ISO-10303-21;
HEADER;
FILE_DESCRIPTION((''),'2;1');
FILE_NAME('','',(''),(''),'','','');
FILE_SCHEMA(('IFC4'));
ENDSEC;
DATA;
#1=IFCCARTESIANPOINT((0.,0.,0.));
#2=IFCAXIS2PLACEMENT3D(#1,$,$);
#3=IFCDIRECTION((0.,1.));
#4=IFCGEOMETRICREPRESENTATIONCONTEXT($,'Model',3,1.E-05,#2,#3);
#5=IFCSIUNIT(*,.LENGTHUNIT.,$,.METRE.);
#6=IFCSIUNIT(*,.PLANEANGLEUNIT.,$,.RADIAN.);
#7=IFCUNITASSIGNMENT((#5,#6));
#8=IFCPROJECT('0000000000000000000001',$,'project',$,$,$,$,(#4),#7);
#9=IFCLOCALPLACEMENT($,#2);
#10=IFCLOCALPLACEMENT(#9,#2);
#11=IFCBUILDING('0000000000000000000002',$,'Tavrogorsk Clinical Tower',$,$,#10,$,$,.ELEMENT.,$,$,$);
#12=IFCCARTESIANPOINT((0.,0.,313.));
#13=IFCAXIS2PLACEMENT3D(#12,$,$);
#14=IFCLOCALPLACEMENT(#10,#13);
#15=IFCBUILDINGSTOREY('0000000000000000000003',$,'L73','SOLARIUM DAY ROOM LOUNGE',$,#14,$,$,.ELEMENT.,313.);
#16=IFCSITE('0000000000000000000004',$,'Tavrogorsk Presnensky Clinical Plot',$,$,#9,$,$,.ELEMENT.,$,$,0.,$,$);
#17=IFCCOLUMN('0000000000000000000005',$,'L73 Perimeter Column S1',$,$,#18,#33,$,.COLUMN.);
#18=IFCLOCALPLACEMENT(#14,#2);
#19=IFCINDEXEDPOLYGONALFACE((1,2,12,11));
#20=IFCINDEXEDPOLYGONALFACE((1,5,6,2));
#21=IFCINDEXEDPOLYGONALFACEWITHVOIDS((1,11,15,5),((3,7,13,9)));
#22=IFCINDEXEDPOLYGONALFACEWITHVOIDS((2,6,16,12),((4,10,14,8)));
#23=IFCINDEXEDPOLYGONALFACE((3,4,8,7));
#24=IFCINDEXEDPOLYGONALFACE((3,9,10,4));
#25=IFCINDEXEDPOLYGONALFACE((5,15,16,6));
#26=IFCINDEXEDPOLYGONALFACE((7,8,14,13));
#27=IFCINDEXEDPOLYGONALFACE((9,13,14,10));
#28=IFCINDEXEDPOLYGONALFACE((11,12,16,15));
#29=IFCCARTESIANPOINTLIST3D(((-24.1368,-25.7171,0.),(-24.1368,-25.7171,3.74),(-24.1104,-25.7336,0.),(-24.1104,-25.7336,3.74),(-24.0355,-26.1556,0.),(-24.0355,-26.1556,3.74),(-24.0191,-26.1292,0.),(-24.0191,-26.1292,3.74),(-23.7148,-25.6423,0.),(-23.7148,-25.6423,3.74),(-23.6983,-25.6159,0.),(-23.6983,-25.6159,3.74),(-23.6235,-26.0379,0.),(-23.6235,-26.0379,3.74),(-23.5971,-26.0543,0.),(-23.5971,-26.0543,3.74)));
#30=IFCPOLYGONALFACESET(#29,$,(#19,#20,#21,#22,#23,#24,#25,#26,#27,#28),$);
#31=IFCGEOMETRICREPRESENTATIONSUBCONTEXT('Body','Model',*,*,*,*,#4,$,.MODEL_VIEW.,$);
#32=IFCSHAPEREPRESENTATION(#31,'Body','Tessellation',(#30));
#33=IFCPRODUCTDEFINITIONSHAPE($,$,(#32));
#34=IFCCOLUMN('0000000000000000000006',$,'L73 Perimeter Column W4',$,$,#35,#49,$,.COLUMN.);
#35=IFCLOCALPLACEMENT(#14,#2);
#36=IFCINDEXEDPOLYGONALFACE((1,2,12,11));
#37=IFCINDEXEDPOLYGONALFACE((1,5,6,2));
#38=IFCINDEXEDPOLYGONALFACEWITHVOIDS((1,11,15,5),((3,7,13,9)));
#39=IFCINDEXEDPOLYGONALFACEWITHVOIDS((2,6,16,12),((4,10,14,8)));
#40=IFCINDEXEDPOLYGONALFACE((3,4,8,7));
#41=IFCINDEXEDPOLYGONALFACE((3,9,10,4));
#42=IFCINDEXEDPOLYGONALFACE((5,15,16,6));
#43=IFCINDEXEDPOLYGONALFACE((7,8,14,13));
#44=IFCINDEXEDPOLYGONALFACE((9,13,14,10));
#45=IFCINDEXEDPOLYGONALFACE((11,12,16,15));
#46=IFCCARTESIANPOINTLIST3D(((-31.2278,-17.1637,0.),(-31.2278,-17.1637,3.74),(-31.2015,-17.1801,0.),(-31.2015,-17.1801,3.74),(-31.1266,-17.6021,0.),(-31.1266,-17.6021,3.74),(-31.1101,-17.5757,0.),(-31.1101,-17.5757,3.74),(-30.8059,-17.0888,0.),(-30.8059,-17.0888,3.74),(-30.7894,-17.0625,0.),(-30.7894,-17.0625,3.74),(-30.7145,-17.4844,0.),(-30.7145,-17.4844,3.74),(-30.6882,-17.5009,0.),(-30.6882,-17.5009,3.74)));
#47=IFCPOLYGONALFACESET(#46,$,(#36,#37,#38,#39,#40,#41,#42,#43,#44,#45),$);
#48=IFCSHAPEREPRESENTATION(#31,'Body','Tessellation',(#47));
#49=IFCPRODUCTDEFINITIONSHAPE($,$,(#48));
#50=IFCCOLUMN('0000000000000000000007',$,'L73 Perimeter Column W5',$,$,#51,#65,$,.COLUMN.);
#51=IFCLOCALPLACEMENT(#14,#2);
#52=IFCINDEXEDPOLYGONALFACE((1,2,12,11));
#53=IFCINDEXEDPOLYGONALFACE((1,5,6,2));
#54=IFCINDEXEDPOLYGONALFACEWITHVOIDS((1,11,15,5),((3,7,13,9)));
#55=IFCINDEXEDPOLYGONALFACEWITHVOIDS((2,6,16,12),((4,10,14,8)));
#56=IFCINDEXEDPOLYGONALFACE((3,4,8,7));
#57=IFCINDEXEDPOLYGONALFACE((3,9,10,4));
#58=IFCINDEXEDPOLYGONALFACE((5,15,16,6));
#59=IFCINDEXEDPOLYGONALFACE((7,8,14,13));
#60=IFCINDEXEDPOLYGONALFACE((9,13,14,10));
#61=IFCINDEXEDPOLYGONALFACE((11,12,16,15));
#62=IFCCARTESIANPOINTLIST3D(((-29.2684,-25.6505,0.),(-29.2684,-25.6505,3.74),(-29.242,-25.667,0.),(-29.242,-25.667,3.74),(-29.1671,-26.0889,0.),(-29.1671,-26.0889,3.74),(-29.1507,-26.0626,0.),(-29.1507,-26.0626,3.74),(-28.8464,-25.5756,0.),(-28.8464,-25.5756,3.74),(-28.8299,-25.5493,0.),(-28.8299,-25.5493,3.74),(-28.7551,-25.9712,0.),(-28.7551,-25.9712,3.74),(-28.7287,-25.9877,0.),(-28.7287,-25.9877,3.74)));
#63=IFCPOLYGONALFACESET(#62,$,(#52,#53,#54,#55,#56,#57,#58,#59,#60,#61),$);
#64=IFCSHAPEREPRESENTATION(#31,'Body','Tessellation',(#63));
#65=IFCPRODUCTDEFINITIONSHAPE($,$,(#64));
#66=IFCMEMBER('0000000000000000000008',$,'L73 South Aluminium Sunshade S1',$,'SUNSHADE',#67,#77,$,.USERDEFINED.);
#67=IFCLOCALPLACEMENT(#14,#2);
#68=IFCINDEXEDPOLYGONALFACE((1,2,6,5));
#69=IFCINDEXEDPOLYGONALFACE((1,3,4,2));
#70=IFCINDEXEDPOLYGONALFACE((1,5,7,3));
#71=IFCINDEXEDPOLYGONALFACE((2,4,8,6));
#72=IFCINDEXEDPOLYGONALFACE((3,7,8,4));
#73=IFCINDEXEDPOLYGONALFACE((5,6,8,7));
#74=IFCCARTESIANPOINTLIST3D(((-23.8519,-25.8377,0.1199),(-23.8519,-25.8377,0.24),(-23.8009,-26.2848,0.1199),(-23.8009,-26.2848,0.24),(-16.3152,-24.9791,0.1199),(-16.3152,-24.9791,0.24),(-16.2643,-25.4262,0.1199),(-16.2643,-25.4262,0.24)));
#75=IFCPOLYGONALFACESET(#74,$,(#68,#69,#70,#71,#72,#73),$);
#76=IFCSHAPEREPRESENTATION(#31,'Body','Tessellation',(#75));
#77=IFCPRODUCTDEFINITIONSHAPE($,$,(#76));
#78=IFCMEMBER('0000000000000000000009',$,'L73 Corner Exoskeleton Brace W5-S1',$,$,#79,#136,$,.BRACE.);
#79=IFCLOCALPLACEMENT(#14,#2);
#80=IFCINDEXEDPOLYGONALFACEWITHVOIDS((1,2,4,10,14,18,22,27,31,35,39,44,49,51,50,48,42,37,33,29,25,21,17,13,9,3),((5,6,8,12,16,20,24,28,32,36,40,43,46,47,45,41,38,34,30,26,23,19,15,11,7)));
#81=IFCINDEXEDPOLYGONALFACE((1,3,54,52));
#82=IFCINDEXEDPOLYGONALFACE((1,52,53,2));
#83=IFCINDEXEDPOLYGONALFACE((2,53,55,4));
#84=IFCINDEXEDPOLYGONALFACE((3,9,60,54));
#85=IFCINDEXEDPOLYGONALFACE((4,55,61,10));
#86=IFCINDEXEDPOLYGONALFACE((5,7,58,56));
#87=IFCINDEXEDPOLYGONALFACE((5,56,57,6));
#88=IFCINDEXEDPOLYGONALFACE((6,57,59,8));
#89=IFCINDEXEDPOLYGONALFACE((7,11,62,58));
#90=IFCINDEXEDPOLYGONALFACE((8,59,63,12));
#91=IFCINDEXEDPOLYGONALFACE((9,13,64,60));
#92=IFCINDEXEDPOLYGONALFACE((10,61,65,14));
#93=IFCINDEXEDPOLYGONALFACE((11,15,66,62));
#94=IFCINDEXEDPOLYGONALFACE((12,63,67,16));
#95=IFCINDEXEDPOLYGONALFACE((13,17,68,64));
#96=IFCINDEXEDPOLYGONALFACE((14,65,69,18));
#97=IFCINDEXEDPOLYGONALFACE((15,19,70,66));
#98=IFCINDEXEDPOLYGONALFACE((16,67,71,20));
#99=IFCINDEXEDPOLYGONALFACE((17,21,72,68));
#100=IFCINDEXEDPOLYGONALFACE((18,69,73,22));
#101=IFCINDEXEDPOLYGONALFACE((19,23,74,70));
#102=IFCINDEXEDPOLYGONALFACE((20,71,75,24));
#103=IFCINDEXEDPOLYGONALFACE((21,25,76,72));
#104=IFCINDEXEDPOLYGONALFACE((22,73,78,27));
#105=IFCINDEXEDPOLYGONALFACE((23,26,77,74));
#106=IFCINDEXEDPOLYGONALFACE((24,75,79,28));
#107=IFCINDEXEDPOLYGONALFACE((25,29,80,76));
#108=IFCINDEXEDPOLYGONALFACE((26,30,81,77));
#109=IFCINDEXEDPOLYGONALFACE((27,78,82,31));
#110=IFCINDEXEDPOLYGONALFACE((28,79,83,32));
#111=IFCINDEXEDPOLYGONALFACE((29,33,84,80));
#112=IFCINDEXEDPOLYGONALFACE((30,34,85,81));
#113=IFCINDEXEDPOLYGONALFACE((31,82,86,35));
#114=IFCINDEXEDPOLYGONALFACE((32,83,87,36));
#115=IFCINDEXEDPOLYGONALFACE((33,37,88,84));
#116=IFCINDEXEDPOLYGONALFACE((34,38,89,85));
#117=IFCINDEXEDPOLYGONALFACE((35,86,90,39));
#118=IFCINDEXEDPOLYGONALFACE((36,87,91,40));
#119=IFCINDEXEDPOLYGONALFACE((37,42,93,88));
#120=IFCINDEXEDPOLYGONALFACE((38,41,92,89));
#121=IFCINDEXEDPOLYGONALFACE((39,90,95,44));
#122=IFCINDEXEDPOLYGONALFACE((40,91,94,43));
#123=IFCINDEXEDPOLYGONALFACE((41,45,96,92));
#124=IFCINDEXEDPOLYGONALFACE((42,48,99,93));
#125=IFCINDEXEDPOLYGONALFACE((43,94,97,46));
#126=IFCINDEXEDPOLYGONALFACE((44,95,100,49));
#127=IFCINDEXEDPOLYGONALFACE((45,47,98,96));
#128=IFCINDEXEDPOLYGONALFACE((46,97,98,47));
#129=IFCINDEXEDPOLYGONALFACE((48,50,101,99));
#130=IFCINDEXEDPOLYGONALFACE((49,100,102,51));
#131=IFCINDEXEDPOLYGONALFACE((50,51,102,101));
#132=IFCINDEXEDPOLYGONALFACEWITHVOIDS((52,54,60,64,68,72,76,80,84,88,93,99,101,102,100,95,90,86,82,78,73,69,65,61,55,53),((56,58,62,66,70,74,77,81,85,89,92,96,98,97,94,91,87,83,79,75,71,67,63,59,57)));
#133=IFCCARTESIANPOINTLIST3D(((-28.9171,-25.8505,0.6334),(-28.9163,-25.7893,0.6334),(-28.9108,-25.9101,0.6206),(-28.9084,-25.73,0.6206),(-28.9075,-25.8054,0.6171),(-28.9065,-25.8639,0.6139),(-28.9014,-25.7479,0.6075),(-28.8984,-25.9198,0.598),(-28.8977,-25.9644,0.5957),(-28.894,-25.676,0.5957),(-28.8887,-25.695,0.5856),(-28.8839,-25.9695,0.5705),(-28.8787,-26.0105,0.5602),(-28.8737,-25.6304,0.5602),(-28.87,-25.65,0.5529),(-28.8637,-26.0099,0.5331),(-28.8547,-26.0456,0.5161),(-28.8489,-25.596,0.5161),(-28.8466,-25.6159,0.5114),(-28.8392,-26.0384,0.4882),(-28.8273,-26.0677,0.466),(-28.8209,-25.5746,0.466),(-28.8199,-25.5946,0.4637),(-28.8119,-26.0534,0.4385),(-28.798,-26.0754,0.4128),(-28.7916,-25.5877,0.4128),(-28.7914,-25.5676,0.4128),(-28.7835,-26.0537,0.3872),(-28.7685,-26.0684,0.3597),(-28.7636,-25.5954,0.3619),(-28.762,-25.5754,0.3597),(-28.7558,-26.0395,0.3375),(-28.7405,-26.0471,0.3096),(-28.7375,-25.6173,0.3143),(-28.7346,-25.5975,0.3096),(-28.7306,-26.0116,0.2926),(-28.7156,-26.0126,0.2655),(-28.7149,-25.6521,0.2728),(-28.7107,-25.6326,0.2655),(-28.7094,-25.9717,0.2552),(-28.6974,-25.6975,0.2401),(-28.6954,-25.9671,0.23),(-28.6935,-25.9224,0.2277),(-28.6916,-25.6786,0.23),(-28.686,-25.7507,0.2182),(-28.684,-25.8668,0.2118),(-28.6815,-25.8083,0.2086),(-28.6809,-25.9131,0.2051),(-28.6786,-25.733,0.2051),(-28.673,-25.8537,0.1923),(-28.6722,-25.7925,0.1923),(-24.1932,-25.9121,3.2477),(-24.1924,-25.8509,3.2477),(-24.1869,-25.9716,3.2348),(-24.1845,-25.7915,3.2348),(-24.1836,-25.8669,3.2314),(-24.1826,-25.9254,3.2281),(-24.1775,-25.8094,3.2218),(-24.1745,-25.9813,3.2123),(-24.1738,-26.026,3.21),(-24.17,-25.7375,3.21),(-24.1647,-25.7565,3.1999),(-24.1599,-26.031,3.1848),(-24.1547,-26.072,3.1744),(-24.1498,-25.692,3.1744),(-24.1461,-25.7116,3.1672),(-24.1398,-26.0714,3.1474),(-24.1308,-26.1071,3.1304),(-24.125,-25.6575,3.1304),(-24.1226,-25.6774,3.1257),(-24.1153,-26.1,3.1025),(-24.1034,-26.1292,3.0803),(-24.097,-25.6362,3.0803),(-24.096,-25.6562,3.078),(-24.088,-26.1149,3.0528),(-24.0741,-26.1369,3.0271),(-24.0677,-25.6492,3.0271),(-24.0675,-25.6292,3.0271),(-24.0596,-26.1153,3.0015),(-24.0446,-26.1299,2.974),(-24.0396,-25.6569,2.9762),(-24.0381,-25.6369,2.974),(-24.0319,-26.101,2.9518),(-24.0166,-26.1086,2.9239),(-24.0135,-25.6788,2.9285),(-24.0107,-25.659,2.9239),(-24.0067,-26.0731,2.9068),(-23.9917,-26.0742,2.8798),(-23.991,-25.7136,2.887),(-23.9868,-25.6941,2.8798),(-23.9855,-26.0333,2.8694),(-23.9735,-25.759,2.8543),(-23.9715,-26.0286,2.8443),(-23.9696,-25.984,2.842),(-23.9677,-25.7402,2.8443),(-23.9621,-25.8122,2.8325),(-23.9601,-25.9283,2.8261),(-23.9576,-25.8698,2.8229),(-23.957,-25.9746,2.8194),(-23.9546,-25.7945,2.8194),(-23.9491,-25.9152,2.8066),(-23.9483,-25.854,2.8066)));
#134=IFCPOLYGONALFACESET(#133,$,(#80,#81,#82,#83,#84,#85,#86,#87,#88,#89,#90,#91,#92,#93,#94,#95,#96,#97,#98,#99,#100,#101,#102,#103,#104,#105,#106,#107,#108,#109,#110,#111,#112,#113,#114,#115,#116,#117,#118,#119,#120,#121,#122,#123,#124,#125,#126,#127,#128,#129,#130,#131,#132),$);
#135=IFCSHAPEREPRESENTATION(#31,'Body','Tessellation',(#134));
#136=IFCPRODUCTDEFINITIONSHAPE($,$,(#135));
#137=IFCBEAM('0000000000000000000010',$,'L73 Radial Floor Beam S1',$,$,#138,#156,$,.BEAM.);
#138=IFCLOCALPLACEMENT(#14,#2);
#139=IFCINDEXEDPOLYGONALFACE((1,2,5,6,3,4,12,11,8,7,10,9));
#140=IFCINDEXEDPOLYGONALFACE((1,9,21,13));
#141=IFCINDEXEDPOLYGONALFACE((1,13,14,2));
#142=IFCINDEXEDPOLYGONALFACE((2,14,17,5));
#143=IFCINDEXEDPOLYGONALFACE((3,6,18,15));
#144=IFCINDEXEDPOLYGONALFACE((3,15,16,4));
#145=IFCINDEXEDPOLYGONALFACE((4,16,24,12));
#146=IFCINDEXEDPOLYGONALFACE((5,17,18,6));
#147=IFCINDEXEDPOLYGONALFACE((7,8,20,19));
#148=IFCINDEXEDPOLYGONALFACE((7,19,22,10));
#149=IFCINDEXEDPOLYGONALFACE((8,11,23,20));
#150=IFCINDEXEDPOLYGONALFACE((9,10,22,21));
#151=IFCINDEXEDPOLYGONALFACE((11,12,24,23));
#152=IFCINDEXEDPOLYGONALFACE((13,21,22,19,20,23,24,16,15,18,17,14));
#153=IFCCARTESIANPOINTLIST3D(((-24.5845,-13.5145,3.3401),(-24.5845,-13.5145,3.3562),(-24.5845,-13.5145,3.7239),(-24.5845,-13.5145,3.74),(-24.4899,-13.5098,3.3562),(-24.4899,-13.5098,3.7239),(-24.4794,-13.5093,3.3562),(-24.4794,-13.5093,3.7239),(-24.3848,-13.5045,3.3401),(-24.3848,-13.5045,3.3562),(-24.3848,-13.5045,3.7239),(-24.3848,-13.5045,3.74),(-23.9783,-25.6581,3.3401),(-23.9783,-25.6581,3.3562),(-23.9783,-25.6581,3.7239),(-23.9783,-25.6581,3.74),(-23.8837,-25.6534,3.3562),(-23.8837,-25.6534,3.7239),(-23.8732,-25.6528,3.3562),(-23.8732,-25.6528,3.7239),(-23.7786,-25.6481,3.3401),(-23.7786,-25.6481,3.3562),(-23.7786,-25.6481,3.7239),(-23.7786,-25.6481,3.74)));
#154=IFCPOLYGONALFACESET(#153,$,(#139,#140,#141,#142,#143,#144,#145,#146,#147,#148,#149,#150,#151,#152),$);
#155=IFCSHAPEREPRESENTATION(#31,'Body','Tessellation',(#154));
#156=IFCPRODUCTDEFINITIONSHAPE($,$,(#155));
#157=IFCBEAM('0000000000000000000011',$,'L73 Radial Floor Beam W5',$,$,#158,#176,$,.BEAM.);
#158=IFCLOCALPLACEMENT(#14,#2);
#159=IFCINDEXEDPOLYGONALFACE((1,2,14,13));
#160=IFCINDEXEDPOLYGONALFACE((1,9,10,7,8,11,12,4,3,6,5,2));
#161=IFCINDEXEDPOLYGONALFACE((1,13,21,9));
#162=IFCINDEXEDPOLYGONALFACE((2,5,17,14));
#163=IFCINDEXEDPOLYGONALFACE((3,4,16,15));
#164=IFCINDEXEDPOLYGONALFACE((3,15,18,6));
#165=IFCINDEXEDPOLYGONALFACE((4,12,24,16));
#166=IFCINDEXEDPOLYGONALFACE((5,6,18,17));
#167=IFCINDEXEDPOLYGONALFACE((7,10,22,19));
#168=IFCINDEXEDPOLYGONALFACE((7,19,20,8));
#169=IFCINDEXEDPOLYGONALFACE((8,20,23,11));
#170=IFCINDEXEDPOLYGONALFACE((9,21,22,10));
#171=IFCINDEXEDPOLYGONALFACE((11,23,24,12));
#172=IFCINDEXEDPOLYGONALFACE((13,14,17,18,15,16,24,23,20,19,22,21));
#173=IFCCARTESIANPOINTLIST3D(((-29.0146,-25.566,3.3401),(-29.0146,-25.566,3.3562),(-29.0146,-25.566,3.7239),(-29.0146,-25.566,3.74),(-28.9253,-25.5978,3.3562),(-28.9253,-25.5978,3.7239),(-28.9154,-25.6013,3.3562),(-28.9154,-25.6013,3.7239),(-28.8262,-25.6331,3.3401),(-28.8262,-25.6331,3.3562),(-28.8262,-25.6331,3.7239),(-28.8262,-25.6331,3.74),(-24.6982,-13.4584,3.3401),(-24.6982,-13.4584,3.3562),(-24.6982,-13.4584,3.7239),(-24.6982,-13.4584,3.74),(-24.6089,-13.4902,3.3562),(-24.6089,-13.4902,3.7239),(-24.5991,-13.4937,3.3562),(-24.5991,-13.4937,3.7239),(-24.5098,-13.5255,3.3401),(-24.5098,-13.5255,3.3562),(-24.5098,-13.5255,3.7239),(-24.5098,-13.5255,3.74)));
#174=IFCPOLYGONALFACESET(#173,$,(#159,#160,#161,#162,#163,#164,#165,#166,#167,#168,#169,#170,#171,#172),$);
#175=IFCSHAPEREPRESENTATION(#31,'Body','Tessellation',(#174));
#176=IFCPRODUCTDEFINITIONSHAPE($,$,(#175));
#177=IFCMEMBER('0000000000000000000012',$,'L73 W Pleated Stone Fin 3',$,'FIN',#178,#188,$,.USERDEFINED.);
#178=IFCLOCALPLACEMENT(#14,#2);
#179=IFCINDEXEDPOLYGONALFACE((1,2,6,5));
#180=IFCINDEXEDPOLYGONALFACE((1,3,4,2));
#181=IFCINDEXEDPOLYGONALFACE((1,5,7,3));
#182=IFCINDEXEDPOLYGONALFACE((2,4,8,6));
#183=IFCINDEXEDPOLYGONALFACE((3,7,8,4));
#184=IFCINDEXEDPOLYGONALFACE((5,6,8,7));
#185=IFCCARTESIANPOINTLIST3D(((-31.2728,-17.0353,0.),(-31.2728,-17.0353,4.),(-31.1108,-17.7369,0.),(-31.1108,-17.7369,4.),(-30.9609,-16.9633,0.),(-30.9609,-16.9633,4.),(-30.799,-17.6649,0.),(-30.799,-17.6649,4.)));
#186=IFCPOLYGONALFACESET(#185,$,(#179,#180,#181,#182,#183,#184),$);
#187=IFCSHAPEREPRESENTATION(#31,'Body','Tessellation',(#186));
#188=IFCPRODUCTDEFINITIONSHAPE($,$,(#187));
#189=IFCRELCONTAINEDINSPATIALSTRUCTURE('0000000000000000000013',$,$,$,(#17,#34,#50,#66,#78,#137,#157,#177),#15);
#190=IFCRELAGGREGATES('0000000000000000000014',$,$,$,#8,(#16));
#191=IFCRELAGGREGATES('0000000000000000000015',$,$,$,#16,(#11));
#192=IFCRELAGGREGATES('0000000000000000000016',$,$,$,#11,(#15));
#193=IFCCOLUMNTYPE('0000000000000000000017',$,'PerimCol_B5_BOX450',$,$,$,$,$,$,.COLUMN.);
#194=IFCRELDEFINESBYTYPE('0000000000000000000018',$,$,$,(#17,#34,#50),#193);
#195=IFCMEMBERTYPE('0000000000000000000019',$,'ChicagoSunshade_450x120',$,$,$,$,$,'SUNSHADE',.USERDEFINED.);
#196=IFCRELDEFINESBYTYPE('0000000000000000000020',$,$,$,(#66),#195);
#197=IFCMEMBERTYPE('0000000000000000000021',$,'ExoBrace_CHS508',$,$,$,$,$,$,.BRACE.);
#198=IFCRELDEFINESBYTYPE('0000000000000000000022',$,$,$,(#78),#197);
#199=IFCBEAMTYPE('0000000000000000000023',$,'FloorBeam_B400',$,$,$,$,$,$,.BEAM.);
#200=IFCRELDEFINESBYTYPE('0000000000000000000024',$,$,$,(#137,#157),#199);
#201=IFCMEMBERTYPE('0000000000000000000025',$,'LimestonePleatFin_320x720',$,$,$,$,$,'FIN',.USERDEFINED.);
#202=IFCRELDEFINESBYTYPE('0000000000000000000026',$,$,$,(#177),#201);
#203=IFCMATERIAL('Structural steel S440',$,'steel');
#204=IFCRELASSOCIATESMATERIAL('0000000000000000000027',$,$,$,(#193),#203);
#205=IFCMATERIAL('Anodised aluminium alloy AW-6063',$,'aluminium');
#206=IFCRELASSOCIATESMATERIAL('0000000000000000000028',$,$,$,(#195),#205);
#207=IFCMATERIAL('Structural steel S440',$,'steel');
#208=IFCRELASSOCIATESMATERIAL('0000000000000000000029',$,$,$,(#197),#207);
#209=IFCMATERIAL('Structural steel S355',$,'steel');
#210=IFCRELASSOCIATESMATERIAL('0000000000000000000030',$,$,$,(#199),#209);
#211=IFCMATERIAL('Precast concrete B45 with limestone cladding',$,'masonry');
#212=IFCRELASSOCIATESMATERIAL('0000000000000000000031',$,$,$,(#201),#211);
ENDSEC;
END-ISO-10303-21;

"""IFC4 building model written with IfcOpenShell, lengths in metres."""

from ifc_helpers import new_model, si_unit, direction, frame, origin, origin_2d, place, context, subcontext, project, spatial, rectangle, hollow_rectangle, hollow_circle, i_section, extrude, material, material_profile, profile_set, type_object, element, save


model = new_model("IFC4")

# Units and contexts
model_context = context("Model", 3, precision=1e-05, world=origin(), true_north=direction((0.0, 1.0)))
body_context = subcontext(model_context, "Body", "Model", "MODEL_VIEW")
ifc_project = project(units=[si_unit("LENGTHUNIT", "METRE"), si_unit("PLANEANGLEUNIT", "RADIAN")], contexts=[model_context])

# Site, building, storey
site_placement = place(None, origin())
site = spatial("IfcSite", under=ifc_project, at=site_placement, Name="Tavrogorsk Presnensky Clinical Plot", CompositionType="ELEMENT", RefElevation=0.0)
building_placement = place(site_placement, origin())
building = spatial("IfcBuilding", under=site, at=building_placement, Name="Tavrogorsk Clinical Tower", CompositionType="ELEMENT")
storey_placement = place(building_placement, frame((0.0, 0.0, 313.0)))
storey = spatial("IfcBuildingStorey", under=building, at=storey_placement, Name="L73", Description="SOLARIUM DAY ROOM LOUNGE", CompositionType="ELEMENT", Elevation=313.0)

# Columns
ifc_material_1 = material(Name="Structural steel S440", Category="steel")
ifc_material_profile_1 = material_profile(ifc_material_1, hollow_rectangle(XDim=0.45, YDim=0.45, WallThickness=0.022, at=origin_2d()), Name="BOX-450x450x22")
ifc_profile_set_1 = profile_set([ifc_material_profile_1], Name="Structural steel S440")
column_type = type_object("IfcColumnType", Name="PerimCol_B5_BOX450", PredefinedType="COLUMN", material=ifc_profile_set_1)
for number, where, z_axis, x_axis, name in (
    (1, (-23.8669, -25.8857, 0.0), (0.0, 0.0, 1.0), (0.97437, 0.224951, 0.0), "L73 Perimeter Column S1"),
    (2, (-30.958, -17.3323, 0.0), (0.0, 0.0, 1.0), (0.97437, 0.224951, 0.0), "L73 Perimeter Column W4"),
    (3, (-28.9985, -25.8191, 0.0), (0.0, 0.0, 1.0), (0.97437, 0.224951, 0.0), "L73 Perimeter Column W5"),
):
    element("IfcColumn", number, at=place(storey_placement, frame(where, z_axis=z_axis, x_axis=x_axis)), inside=storey, type_object=column_type, Name=name, PredefinedType="COLUMN", context=body_context, shape_type="SweptSolid", body=[
        extrude(hollow_rectangle(XDim=0.45, YDim=0.45, WallThickness=0.022, at=origin_2d()), origin(), (0.0, 0.0, 1.0), 3.74),
    ])

# Members
ifc_material_2 = material(Name="Anodised aluminium alloy AW-6063", Category="aluminium")
ifc_material_profile_2 = material_profile(ifc_material_2, rectangle(XDim=0.45, YDim=0.1201, at=origin_2d()), Name="ALU-SUNSHADE-450x120")
ifc_profile_set_2 = profile_set([ifc_material_profile_2], Name="Anodised aluminium alloy AW-6063")
member_type_1 = type_object("IfcMemberType", Name="ChicagoSunshade_450x120", ElementType="SUNSHADE", PredefinedType="USERDEFINED", material=ifc_profile_set_2)
member_1_placement = place(storey_placement, frame((-23.8264, -26.0613, 0.1799), z_axis=(0.993573, 0.113197, 0.0), x_axis=(-0.113197, 0.993573, 0.0)))
element("IfcMember", 4, at=member_1_placement, inside=storey, type_object=member_type_1, Name="L73 South Aluminium Sunshade S1", ObjectType="SUNSHADE", PredefinedType="USERDEFINED", context=body_context, shape_type="SweptSolid", body=[
    extrude(rectangle(XDim=0.45, YDim=0.1201, at=origin_2d()), origin(), (0.0, 0.0, 1.0), 7.5854),
])
ifc_material_3 = material(Name="Structural steel S440", Category="steel")
ifc_material_profile_3 = material_profile(ifc_material_3, hollow_circle(Radius=0.2539, WallThickness=0.02, at=origin_2d()), Name="CHS-508x20")
ifc_profile_set_3 = profile_set([ifc_material_profile_3], Name="Structural steel S440")
member_type_2 = type_object("IfcMemberType", Name="ExoBrace_CHS508", PredefinedType="BRACE", material=ifc_profile_set_3)
member_2_placement = place(storey_placement, frame((-28.7947, -25.8215, 0.4128), z_axis=(0.874895, -0.011395, 0.484179), x_axis=(0.013023, 0.999915, 0.0)))
element("IfcMember", 5, at=member_2_placement, inside=storey, type_object=member_type_2, Name="L73 Corner Exoskeleton Brace W5-S1", PredefinedType="BRACE", context=body_context, shape_type="SweptSolid", body=[
    extrude(hollow_circle(Radius=0.2539, WallThickness=0.02, at=origin_2d()), origin(), (0.0, 0.0, 1.0), 5.3994),
])

# Beams
ifc_material_4 = material(Name="Structural steel S355", Category="steel")
ifc_material_profile_4 = material_profile(ifc_material_4, i_section(OverallWidth=0.2, OverallDepth=0.3999, WebThickness=0.0105, FlangeThickness=0.0161, at=origin_2d()), Name="B-400x200x10.5x16")
ifc_profile_set_4 = profile_set([ifc_material_profile_4], Name="Structural steel S355")
beam_type_1 = type_object("IfcBeamType", Name="FloorBeam_B400", PredefinedType="BEAM", material=ifc_profile_set_4)
beam_1_placement = place(storey_placement, frame((-24.4846, -13.5095, 3.54), z_axis=(0.049857, -0.998756, 0.0), x_axis=(0.998756, 0.049857, 0.0)))
element("IfcBeam", 6, at=beam_1_placement, inside=storey, type_object=beam_type_1, Name="L73 Radial Floor Beam S1", PredefinedType="BEAM", context=body_context, shape_type="SweptSolid", body=[
    extrude(i_section(OverallWidth=0.2, OverallDepth=0.3999, WebThickness=0.0105, FlangeThickness=0.0161, at=origin_2d()), origin(), (0.0, 0.0, 1.0), 12.1587),
])
beam_2_placement = place(storey_placement, frame((-24.604, -13.4919, 3.54), z_axis=(-0.335801, -0.941933, 0.0), x_axis=(0.941933, -0.335801, 0.0)))
element("IfcBeam", 7, at=beam_2_placement, inside=storey, type_object=beam_type_1, Name="L73 Radial Floor Beam W5", PredefinedType="BEAM", context=body_context, shape_type="SweptSolid", body=[
    extrude(i_section(OverallWidth=0.2, OverallDepth=0.3999, WebThickness=0.0105, FlangeThickness=0.0161, at=origin_2d()), origin(), (0.0, 0.0, 1.0), 12.854),
])

# Member
ifc_material_5 = material(Name="Precast concrete B45 with limestone cladding", Category="masonry")
ifc_material_profile_5 = material_profile(ifc_material_5, rectangle(XDim=0.3201, YDim=0.72, at=origin_2d()), Name="LIMESTONE-FIN-320x720")
ifc_profile_set_5 = profile_set([ifc_material_profile_5], Name="Precast concrete B45 with limestone cladding")
member_type_3 = type_object("IfcMemberType", Name="LimestonePleatFin_320x720", ElementType="FIN", PredefinedType="USERDEFINED", material=ifc_profile_set_5)
for number, where, z_axis, x_axis, name in (
    (8, (-31.0359, -17.3501, 0.0), (0.0, 0.0, 1.0), (0.97437, 0.224951, 0.0), "L73 W Pleated Stone Fin 3"),
):
    element("IfcMember", number, at=place(storey_placement, frame(where, z_axis=z_axis, x_axis=x_axis)), inside=storey, type_object=member_type_3, Name=name, ObjectType="FIN", PredefinedType="USERDEFINED", context=body_context, shape_type="SweptSolid", body=[
        extrude(rectangle(XDim=0.3201, YDim=0.72, at=origin_2d()), origin(), (0.0, 0.0, 1.0), 4.0),
    ])

save(model, "model.ifc")
